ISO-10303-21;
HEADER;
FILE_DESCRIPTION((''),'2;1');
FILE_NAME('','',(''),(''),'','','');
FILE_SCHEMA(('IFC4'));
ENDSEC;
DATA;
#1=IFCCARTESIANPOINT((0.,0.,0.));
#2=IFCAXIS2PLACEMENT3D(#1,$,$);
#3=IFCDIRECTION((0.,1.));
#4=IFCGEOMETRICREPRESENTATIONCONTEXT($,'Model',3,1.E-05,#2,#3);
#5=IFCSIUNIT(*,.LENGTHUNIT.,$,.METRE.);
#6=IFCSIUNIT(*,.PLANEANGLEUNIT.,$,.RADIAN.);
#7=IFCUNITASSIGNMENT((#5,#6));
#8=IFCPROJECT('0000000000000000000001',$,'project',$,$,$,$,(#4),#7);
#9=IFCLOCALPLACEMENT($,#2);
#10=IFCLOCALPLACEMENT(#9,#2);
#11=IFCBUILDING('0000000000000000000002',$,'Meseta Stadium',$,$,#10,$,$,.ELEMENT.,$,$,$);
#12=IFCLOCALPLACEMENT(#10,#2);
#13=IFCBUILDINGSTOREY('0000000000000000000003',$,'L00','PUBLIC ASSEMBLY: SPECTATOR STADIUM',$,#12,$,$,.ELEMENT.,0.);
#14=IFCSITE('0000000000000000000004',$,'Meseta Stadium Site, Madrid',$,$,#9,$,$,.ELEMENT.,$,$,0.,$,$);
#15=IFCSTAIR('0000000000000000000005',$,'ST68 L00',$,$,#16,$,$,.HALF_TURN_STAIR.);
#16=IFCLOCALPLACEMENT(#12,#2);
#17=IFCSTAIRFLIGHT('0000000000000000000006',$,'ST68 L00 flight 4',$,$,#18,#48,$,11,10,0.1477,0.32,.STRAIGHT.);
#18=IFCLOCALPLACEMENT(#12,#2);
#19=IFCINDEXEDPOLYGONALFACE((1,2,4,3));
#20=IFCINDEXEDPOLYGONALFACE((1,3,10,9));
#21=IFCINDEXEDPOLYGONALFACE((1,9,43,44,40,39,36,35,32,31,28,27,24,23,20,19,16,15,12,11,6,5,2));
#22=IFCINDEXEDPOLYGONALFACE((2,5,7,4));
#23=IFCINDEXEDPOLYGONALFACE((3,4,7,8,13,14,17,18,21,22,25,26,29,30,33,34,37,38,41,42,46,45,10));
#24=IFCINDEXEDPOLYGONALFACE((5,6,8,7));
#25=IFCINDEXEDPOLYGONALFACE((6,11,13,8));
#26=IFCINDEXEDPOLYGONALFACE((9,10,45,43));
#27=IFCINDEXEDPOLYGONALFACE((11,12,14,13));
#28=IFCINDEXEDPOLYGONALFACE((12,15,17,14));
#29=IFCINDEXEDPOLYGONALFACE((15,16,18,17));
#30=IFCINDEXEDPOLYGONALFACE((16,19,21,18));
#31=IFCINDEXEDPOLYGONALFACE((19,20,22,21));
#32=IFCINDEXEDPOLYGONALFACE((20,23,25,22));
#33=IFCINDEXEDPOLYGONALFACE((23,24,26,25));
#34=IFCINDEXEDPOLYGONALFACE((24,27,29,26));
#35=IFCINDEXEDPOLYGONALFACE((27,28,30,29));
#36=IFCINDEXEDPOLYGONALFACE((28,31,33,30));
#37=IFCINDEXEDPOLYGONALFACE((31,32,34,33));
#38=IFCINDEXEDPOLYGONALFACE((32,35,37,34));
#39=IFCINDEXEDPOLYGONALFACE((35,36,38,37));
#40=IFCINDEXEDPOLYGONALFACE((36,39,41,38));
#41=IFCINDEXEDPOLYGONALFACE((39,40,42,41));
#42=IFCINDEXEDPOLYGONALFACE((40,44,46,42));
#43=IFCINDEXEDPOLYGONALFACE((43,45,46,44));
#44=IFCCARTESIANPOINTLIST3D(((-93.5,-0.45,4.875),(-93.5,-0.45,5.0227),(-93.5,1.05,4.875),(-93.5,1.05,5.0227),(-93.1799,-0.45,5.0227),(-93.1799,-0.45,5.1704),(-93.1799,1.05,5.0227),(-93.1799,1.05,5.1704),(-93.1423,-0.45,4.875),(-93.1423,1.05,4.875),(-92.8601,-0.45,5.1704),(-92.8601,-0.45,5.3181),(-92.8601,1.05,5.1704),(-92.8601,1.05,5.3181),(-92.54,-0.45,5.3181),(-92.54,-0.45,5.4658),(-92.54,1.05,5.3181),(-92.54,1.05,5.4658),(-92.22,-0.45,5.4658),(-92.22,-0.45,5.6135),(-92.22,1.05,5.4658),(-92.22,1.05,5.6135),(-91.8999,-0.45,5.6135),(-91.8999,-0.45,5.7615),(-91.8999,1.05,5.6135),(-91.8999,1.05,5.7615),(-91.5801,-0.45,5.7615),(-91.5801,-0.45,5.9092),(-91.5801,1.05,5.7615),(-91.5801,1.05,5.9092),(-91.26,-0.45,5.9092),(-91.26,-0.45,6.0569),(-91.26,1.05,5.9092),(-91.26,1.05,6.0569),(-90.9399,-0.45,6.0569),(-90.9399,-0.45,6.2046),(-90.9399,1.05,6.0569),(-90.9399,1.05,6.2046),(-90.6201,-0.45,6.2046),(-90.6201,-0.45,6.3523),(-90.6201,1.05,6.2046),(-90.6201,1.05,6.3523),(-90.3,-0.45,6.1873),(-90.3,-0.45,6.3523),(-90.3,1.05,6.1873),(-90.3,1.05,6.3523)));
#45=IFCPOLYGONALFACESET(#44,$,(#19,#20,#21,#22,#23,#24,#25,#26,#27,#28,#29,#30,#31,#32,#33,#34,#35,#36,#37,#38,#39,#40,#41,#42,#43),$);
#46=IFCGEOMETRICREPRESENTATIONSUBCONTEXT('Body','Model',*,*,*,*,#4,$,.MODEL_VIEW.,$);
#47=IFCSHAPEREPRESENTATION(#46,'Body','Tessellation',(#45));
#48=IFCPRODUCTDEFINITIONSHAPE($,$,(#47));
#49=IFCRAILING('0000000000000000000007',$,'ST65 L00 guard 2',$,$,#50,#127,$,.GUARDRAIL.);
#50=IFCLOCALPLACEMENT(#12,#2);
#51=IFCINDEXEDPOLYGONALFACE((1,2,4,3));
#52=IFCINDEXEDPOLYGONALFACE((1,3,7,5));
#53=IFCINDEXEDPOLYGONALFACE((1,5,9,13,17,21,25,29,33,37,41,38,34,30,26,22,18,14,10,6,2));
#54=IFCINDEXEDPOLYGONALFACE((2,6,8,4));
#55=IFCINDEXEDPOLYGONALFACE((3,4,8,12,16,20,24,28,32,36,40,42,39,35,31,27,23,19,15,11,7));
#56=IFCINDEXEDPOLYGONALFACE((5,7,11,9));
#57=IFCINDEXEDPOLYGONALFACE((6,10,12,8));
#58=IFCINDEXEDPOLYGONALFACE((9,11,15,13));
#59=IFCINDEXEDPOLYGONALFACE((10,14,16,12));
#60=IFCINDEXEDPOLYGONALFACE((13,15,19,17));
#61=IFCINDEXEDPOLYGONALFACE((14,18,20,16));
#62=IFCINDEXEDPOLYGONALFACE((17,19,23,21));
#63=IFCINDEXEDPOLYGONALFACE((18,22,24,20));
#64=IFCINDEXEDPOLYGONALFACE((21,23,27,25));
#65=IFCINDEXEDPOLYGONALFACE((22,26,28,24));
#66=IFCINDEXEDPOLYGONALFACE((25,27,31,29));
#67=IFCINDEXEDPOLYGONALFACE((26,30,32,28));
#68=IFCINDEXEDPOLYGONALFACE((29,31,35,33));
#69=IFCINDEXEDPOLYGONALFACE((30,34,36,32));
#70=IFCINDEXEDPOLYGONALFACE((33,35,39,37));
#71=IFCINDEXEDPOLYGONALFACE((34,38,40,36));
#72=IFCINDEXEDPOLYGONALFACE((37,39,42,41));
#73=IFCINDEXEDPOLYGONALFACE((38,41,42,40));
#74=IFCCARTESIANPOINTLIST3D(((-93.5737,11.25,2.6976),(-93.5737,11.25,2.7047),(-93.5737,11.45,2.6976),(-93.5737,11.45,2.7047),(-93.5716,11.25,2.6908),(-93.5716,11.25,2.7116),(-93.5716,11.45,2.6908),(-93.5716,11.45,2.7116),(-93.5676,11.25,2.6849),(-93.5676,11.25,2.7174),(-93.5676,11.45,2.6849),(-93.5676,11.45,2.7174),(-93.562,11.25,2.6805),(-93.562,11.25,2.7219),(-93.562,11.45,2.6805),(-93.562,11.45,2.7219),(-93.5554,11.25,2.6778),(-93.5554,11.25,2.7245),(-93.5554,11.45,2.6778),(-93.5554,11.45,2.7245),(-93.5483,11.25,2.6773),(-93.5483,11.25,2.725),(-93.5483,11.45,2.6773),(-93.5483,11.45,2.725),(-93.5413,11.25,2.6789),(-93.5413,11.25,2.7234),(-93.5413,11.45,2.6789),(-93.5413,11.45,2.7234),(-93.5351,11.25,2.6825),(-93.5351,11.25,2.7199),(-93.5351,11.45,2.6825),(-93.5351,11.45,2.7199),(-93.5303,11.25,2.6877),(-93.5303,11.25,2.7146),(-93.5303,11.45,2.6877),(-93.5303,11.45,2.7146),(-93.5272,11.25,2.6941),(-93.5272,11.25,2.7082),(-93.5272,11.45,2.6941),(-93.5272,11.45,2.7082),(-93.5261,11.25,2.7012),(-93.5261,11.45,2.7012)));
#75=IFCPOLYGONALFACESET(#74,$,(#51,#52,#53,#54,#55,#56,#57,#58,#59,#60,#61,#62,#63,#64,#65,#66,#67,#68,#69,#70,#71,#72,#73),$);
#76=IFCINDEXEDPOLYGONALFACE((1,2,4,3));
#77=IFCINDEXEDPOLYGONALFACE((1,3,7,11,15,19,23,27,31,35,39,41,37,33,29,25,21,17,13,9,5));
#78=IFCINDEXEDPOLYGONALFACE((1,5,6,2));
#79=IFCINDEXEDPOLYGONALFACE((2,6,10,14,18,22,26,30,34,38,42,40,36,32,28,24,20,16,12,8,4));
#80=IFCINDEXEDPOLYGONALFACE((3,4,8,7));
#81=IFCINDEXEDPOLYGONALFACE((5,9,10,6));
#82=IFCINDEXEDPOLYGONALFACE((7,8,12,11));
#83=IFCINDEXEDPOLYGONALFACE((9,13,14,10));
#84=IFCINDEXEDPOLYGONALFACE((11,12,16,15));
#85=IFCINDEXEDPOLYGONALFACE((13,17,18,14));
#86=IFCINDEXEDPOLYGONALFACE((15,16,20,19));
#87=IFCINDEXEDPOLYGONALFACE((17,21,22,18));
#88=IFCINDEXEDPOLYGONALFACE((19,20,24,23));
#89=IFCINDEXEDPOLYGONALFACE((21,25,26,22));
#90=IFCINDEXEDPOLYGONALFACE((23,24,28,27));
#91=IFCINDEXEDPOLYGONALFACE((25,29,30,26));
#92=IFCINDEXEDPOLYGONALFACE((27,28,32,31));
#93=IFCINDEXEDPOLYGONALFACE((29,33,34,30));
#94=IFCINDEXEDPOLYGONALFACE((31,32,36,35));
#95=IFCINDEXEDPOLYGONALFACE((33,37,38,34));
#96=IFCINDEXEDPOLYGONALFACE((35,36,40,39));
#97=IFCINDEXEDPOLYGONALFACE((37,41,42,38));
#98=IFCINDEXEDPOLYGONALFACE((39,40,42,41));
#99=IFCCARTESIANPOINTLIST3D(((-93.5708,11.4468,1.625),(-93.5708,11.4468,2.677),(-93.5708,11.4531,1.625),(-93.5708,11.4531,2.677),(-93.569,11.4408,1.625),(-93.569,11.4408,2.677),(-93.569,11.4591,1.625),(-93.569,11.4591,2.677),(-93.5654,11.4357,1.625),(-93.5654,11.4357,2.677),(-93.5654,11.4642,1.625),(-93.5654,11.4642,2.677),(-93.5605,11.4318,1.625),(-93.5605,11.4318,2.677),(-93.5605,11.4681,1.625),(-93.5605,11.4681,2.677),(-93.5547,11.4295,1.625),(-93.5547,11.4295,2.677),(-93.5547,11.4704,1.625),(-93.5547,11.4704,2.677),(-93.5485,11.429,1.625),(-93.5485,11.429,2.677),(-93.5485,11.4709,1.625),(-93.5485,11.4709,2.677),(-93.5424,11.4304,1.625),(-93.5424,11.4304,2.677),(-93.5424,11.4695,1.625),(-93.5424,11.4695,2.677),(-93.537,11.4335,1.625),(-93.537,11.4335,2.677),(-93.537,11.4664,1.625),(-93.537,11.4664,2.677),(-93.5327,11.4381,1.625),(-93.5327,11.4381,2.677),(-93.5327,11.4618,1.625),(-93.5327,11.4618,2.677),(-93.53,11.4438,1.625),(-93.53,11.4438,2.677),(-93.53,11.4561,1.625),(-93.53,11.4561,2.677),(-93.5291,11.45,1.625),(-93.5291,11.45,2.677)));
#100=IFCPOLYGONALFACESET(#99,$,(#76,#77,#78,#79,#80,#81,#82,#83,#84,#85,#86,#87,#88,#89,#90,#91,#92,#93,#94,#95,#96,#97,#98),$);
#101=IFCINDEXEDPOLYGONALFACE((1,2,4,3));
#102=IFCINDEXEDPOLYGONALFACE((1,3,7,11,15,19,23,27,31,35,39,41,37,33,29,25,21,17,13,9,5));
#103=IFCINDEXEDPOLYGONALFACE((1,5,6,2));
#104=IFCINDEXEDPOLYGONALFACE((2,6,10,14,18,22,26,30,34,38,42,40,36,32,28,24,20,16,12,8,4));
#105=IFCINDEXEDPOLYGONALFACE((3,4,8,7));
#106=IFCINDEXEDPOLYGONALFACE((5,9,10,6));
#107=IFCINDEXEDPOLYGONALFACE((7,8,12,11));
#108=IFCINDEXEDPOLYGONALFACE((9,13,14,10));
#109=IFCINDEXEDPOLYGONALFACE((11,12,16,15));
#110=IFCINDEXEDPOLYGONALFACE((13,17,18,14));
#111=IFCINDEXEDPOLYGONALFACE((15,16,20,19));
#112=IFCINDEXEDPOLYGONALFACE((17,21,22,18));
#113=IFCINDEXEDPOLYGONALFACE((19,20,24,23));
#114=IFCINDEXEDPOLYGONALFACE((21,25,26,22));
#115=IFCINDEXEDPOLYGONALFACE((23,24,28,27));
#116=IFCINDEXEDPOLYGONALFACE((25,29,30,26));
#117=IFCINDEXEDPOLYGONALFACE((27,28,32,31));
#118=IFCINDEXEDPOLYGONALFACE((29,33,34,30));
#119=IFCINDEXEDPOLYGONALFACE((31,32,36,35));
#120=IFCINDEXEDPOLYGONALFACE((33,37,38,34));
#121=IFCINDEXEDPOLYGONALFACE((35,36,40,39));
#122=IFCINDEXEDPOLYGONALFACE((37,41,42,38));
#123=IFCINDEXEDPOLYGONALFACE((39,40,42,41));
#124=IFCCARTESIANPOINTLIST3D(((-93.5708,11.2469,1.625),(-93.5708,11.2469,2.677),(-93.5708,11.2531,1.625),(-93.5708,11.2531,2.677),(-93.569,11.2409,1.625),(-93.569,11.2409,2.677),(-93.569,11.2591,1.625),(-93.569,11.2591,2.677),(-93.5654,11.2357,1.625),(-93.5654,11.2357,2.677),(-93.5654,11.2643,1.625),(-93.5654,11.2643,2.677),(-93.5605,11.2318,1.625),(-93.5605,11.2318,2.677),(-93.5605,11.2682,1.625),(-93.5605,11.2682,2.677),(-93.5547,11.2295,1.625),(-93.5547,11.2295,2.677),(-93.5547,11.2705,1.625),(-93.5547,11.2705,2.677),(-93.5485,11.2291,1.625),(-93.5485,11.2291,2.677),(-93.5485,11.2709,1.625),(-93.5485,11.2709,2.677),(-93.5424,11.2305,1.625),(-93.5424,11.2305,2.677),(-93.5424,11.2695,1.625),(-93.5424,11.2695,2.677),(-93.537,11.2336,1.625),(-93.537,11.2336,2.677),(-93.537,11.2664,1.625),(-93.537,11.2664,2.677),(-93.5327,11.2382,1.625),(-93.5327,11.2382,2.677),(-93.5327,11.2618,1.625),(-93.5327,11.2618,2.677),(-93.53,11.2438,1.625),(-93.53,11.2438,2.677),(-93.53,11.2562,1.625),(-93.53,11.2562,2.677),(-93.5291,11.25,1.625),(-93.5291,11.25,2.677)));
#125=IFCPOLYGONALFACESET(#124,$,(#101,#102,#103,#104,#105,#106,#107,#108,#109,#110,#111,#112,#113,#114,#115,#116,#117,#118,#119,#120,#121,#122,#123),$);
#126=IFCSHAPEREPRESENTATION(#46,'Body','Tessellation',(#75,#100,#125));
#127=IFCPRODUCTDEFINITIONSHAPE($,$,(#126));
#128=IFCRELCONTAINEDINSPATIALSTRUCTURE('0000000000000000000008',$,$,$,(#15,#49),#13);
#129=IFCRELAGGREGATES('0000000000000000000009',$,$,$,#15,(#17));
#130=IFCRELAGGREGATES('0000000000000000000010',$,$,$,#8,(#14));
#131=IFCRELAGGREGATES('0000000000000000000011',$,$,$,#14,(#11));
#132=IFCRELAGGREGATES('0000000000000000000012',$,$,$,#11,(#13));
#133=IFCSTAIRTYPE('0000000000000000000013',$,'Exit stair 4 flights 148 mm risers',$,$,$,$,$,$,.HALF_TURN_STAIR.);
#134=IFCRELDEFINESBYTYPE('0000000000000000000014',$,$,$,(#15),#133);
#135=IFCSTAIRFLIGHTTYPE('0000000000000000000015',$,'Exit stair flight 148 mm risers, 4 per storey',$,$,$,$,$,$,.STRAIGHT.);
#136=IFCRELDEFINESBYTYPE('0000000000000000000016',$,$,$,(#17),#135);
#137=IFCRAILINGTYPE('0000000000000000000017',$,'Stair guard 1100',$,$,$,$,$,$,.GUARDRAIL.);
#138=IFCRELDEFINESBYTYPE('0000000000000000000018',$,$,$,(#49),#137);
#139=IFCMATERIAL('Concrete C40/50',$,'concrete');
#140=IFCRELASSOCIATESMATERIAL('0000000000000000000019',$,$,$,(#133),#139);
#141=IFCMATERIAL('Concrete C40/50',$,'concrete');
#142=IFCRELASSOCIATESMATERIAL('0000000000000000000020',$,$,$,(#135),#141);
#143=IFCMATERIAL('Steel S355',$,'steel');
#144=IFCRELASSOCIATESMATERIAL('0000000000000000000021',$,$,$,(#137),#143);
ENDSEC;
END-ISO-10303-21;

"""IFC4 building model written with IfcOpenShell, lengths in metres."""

from ifc_helpers import new_model, si_unit, direction, frame, origin, origin_2d, place, context, subcontext, project, spatial, polyline, circle, outline, extrude, material, type_object, element, aggregate, save


model = new_model("IFC4")

# Units and contexts
model_context = context("Model", 3, precision=1e-05, world=origin(), true_north=direction((0.0, 1.0)))
body_context = subcontext(model_context, "Body", "Model", "MODEL_VIEW")
ifc_project = project(units=[si_unit("LENGTHUNIT", "METRE"), si_unit("PLANEANGLEUNIT", "RADIAN")], contexts=[model_context])

# Site, building, storey
site_placement = place(None, origin())
site = spatial("IfcSite", under=ifc_project, at=site_placement, Name="Meseta Stadium Site, Madrid", CompositionType="ELEMENT", RefElevation=0.0)
building_placement = place(site_placement, origin())
building = spatial("IfcBuilding", under=site, at=building_placement, Name="Meseta Stadium", CompositionType="ELEMENT")
storey_placement = place(building_placement, origin())
storey = spatial("IfcBuildingStorey", under=building, at=storey_placement, Name="L00", Description="PUBLIC ASSEMBLY: SPECTATOR STADIUM", CompositionType="ELEMENT", Elevation=0.0)

# Stair, stair flight
ifc_material_1 = material(Name="Concrete C40/50", Category="concrete")
stair_type = type_object("IfcStairType", Name="Exit stair 4 flights 148 mm risers", PredefinedType="HALF_TURN_STAIR", material=ifc_material_1)
ifc_material_2 = material(Name="Concrete C40/50", Category="concrete")
stair_flight_type = type_object("IfcStairFlightType", Name="Exit stair flight 148 mm risers, 4 per storey", PredefinedType="STRAIGHT", material=ifc_material_2)
stair_1_placement = place(storey_placement, origin())
stair_1 = element("IfcStair", 1, at=stair_1_placement, inside=storey, type_object=stair_type, Name="ST68 L00", PredefinedType="HALF_TURN_STAIR")
stair_flight_1_placement = place(storey_placement, frame((-93.5, 0.3, 4.875), z_axis=(0.0, 0.0, 1.0), x_axis=(1.0, 0.0, 0.0)))
stair_flight_1 = element("IfcStairFlight", 2, at=stair_flight_1_placement, type_object=stair_flight_type, Name="ST68 L00 flight 4", NumberOfRisers=11, NumberOfTreads=10, PredefinedType="STRAIGHT", RiserHeight=0.1477, TreadLength=0.32, context=body_context, shape_type="SweptSolid", body=[
    extrude(outline(polyline([(0.0, 0.0), (0.0, 0.1477), (0.3201, 0.1477), (0.3201, 0.2954), (0.6399, 0.2954), (0.6399, 0.4431), (0.96, 0.4431), (0.96, 0.5908), (1.28, 0.5908), (1.28, 0.7385), (1.6001, 0.7385), (1.6001, 0.8865), (1.9199, 0.8865), (1.9199, 1.0342), (2.24, 1.0342), (2.24, 1.1819), (2.5601, 1.1819), (2.5601, 1.3296), (2.8799, 1.3296), (2.8799, 1.4773), (3.2, 1.4773), (3.2, 1.3123), (0.3577, 0.0), (0.0, 0.0)])), frame((0.0, 0.75, 0.0), z_axis=(0.0, -1.0, 0.0), x_axis=(1.0, 0.0, 0.0)), (0.0, 0.0, 1.0), 1.5),
])
aggregate(stair_1, [stair_flight_1])

# Railing
ifc_material_3 = material(Name="Steel S355", Category="steel")
railing_type_1 = type_object("IfcRailingType", Name="Stair guard 1100", PredefinedType="GUARDRAIL", material=ifc_material_3)
railing_1_placement = place(storey_placement, frame((-93.55, 11.45, 1.625)))
element("IfcRailing", 3, at=railing_1_placement, inside=storey, type_object=railing_type_1, Name="ST65 L00 guard 2", PredefinedType="GUARDRAIL", context=body_context, shape_type="SweptSolid", body=[
    extrude(circle(Radius=0.0239, at=origin_2d()), frame((0.0, 0.0, 1.0762), z_axis=(0.0, -1.0, 0.0), x_axis=(1.0, 0.0, 0.0)), (0.0, 0.0, 1.0), 0.2),
    extrude(circle(Radius=0.021, at=origin_2d()), origin(), (0.0, 0.0, 1.0), 1.052),
    extrude(circle(Radius=0.021, at=origin_2d()), frame((0.0, -0.2, 0.0)), (0.0, 0.0, 1.0), 1.052),
])

save(model, "model.ifc")
